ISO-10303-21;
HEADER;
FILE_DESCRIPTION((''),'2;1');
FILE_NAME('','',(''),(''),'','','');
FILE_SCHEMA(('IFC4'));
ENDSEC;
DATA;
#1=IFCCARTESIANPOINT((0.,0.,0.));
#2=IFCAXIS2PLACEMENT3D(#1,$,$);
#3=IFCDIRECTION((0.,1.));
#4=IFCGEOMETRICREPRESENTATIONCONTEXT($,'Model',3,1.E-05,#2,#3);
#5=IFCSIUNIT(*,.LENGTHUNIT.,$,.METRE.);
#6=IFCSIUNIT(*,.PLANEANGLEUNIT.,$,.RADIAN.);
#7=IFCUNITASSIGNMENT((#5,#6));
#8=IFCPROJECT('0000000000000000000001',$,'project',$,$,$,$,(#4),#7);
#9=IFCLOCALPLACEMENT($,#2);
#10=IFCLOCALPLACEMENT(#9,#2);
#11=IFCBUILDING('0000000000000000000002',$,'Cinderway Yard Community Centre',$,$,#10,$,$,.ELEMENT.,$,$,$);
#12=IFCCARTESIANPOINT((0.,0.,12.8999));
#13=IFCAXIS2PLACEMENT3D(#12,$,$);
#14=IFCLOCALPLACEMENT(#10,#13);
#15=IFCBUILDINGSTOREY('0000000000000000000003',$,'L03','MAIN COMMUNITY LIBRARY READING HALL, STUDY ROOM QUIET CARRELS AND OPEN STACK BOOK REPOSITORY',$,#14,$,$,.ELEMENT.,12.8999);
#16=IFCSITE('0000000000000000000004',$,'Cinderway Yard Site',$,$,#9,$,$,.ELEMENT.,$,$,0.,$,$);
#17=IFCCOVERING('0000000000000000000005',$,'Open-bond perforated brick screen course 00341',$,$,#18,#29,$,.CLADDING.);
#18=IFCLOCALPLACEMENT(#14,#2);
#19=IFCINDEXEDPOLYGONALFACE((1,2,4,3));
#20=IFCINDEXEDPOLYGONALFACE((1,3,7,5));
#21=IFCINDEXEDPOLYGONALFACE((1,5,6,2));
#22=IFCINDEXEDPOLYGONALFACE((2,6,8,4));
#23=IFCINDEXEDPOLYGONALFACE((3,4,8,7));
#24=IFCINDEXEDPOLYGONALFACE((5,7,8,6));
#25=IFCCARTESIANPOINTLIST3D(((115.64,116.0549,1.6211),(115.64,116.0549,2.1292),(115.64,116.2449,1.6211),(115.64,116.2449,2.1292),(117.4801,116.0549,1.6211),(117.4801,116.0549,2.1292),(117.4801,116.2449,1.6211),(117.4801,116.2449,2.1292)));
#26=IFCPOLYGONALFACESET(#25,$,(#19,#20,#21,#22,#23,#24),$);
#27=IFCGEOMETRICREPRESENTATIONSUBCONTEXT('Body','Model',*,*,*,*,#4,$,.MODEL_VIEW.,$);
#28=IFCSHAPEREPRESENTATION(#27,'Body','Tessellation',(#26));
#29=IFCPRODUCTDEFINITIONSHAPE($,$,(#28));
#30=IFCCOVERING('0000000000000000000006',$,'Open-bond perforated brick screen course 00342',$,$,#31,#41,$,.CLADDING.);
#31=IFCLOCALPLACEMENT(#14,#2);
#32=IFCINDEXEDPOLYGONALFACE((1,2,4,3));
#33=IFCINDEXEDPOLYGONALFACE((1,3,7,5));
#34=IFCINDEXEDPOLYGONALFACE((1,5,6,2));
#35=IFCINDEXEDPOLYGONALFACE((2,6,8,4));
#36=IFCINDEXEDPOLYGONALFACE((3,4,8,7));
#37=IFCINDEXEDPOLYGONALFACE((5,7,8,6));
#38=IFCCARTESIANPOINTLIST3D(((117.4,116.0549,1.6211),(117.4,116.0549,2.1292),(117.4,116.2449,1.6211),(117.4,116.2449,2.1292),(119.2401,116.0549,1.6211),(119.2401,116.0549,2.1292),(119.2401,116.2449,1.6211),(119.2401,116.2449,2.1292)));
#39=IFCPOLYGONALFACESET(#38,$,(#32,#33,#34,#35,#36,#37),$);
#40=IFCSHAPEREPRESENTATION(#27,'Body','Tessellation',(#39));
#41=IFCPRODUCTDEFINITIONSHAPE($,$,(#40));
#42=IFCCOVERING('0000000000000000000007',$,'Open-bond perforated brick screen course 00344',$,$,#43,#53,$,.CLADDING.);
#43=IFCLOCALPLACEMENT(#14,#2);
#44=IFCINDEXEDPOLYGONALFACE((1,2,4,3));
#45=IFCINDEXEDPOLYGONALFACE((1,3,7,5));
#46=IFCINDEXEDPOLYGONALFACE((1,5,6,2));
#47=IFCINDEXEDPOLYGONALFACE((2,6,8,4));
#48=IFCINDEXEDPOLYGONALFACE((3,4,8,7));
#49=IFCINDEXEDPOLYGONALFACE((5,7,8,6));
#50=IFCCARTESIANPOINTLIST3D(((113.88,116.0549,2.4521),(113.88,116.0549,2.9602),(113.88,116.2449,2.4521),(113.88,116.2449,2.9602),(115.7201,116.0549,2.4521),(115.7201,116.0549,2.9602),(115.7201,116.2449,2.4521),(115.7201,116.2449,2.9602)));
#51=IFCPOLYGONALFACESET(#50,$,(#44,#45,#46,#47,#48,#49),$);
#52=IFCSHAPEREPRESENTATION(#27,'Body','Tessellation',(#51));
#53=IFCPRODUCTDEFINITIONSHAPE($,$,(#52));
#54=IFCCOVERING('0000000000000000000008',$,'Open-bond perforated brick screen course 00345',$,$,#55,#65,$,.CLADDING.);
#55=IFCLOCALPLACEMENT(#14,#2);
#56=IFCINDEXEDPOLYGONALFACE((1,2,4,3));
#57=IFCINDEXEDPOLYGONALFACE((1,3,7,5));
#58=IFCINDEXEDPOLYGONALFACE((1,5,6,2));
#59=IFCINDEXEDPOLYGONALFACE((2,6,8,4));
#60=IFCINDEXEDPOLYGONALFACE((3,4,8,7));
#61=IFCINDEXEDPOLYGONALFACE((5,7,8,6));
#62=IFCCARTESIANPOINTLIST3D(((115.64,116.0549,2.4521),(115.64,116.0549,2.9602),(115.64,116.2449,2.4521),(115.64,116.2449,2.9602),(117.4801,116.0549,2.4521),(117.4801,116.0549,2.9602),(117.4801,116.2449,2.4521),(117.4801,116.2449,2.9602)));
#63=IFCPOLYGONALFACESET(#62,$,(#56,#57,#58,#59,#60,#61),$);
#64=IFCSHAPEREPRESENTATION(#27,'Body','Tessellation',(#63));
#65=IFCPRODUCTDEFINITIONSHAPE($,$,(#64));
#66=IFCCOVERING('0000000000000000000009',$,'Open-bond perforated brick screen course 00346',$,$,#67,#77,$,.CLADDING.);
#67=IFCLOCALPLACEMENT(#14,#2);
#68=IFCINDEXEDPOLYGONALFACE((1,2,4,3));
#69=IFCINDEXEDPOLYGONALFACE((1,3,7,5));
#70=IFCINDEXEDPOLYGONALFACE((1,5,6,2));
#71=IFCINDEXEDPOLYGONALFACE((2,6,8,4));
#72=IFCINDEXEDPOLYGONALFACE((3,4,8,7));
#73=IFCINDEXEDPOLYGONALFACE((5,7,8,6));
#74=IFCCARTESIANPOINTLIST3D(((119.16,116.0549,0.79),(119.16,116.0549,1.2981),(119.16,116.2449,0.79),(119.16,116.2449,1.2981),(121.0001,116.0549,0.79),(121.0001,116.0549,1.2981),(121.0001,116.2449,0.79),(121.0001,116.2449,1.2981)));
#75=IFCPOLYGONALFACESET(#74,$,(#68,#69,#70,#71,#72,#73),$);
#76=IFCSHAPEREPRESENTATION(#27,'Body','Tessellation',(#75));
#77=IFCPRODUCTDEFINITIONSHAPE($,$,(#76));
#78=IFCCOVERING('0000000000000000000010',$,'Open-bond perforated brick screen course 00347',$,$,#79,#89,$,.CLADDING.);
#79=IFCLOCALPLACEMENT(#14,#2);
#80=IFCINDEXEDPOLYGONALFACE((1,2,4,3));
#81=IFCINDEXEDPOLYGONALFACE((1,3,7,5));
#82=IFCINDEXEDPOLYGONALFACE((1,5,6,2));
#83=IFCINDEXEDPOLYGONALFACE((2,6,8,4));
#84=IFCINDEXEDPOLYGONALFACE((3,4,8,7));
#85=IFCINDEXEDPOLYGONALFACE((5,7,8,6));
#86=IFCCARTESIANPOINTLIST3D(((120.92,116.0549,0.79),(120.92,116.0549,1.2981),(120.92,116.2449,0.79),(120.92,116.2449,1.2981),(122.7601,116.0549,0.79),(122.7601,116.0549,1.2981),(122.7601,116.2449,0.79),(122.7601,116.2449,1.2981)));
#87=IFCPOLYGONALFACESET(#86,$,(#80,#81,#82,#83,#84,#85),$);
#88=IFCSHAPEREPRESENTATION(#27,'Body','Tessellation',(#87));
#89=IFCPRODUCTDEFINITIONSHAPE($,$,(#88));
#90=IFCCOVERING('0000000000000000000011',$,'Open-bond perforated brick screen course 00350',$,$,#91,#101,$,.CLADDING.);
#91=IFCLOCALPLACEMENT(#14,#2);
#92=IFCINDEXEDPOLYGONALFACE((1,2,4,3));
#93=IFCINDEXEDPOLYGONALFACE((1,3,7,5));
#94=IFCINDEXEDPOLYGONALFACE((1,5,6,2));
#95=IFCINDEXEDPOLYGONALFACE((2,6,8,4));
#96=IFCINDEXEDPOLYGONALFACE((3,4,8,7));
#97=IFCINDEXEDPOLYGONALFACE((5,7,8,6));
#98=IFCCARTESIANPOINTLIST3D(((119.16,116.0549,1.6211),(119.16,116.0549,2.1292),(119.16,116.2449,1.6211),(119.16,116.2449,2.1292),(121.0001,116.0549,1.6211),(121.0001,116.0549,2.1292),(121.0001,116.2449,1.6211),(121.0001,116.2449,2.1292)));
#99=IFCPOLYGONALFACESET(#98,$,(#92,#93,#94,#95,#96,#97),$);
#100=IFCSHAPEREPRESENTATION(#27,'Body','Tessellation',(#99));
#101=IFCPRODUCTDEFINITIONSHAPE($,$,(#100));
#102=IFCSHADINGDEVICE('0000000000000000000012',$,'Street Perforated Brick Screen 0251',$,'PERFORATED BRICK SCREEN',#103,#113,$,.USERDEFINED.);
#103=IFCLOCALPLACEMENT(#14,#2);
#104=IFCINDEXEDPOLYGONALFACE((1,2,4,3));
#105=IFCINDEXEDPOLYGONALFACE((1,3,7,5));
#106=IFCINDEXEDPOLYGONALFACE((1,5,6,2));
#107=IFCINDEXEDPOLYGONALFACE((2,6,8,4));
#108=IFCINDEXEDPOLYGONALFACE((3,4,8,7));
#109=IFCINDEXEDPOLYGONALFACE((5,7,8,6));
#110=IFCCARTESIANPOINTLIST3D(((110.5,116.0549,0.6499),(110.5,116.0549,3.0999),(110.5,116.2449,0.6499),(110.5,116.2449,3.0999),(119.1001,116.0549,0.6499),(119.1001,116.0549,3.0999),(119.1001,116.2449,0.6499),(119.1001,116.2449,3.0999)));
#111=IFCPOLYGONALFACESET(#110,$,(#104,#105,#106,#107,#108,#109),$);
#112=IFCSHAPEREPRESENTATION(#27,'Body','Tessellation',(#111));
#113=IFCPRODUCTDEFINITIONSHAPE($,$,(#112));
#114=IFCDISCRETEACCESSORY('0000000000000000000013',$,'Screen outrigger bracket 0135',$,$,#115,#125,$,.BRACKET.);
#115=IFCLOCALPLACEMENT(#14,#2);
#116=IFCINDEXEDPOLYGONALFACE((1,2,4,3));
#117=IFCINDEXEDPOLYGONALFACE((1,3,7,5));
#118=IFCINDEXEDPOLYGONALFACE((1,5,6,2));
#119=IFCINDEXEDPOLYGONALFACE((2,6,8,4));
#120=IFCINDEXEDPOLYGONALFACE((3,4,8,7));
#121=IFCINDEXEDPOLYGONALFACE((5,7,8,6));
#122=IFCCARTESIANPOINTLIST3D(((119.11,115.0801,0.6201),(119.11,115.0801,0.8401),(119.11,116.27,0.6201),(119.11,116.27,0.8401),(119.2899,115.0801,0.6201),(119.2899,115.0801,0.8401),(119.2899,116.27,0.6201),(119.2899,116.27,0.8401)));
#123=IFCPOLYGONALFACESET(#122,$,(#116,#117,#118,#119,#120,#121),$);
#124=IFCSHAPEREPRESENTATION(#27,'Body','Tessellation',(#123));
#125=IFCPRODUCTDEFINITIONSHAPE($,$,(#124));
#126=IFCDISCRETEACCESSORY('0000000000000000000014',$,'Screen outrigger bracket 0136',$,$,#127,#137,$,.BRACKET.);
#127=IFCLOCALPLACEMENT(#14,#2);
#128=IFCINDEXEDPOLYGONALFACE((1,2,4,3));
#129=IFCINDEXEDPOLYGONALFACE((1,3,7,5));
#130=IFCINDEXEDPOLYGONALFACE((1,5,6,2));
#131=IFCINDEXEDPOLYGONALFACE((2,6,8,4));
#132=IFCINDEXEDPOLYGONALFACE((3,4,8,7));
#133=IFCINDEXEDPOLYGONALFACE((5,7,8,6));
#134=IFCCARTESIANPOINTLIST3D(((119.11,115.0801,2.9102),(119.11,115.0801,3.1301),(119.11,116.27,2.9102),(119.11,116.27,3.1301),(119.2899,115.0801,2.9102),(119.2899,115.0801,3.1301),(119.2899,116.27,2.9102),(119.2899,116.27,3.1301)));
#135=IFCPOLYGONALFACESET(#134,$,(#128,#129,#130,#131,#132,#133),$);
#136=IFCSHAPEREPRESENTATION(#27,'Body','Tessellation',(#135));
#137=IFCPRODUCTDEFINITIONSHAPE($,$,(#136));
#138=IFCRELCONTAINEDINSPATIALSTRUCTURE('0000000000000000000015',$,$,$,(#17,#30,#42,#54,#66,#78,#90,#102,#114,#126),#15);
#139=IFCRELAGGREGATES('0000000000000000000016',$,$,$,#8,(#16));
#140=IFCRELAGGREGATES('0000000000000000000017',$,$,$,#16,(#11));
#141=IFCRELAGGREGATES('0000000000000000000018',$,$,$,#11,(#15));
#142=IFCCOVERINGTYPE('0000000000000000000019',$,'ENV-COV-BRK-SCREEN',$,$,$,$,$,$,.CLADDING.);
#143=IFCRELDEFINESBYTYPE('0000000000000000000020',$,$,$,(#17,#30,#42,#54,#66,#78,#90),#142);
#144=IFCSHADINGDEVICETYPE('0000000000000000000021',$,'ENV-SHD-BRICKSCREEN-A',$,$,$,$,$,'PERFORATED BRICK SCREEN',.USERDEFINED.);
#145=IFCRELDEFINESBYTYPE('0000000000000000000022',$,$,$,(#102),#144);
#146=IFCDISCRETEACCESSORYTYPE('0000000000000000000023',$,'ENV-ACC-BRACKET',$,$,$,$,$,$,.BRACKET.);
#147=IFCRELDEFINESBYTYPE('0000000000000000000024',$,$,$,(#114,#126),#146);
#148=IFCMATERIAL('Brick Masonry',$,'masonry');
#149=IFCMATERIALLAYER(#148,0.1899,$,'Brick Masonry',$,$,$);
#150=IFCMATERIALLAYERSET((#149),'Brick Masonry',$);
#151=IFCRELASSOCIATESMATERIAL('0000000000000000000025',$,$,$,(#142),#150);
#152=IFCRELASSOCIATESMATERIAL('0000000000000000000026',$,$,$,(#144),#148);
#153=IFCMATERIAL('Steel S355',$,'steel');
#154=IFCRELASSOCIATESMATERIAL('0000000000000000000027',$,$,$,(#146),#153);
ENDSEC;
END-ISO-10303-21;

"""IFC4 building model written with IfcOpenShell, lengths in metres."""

from ifc_helpers import new_model, si_unit, direction, frame, origin, origin_2d, place, context, subcontext, project, spatial, rectangle, extrude, material, layer, layer_set, type_object, element, save


model = new_model("IFC4")

# Units and contexts
model_context = context("Model", 3, precision=1e-05, world=origin(), true_north=direction((0.0, 1.0)))
body_context = subcontext(model_context, "Body", "Model", "MODEL_VIEW")
ifc_project = project(units=[si_unit("LENGTHUNIT", "METRE"), si_unit("PLANEANGLEUNIT", "RADIAN")], contexts=[model_context])

# Site, building, storey
site_placement = place(None, origin())
site = spatial("IfcSite", under=ifc_project, at=site_placement, Name="Cinderway Yard Site", CompositionType="ELEMENT", RefElevation=0.0)
building_placement = place(site_placement, origin())
building = spatial("IfcBuilding", under=site, at=building_placement, Name="Cinderway Yard Community Centre", CompositionType="ELEMENT")
storey_placement = place(building_placement, frame((0.0, 0.0, 12.8999)))
storey = spatial("IfcBuildingStorey", under=building, at=storey_placement, Name="L03", Description="MAIN COMMUNITY LIBRARY READING HALL, STUDY ROOM QUIET CARRELS AND OPEN STACK BOOK REPOSITORY", CompositionType="ELEMENT", Elevation=12.8999)

# Shared definitions
ifc_material_1 = material(Name="Steel S355", Category="steel")

# Coverings
ifc_material_2 = material(Name="Brick Masonry", Category="masonry")
ifc_layer_1 = layer(ifc_material_2, 0.1899, Name="Brick Masonry")
ifc_layer_set_1 = layer_set([ifc_layer_1], Name="Brick Masonry")
covering_type = type_object("IfcCoveringType", Name="ENV-COV-BRK-SCREEN", PredefinedType="CLADDING", material=ifc_layer_set_1)
for number, where, z_axis, x_axis, name in (
    (1, (116.5601, 116.1499, 1.6211), (0.0, 0.0, 1.0), (1.0, 0.0, 0.0), "Open-bond perforated brick screen course 00341"),
    (2, (118.3201, 116.1499, 1.6211), (0.0, 0.0, 1.0), (1.0, 0.0, 0.0), "Open-bond perforated brick screen course 00342"),
    (3, (114.8, 116.1499, 2.4521), (0.0, 0.0, 1.0), (1.0, 0.0, 0.0), "Open-bond perforated brick screen course 00344"),
    (4, (116.5601, 116.1499, 2.4521), (0.0, 0.0, 1.0), (1.0, 0.0, 0.0), "Open-bond perforated brick screen course 00345"),
    (5, (120.0801, 116.1499, 0.79), (0.0, 0.0, 1.0), (1.0, 0.0, 0.0), "Open-bond perforated brick screen course 00346"),
    (6, (121.8401, 116.1499, 0.79), (0.0, 0.0, 1.0), (1.0, 0.0, 0.0), "Open-bond perforated brick screen course 00347"),
    (7, (120.0801, 116.1499, 1.6211), (0.0, 0.0, 1.0), (1.0, 0.0, 0.0), "Open-bond perforated brick screen course 00350"),
):
    element("IfcCovering", number, at=place(storey_placement, frame(where, z_axis=z_axis, x_axis=x_axis)), inside=storey, type_object=covering_type, Name=name, PredefinedType="CLADDING", context=body_context, shape_type="SweptSolid", body=[
        extrude(rectangle(XDim=1.8401, YDim=0.1899, at=origin_2d()), origin(), (0.0, 0.0, 1.0), 0.5081),
    ])

# Shading device
shading_device_type = type_object("IfcShadingDeviceType", Name="ENV-SHD-BRICKSCREEN-A", ElementType="PERFORATED BRICK SCREEN", PredefinedType="USERDEFINED", material=ifc_material_2)
shading_device_placement = place(storey_placement, frame((114.8, 116.1499, 0.6499), z_axis=(0.0, 0.0, 1.0), x_axis=(1.0, 0.0, 0.0)))
element("IfcShadingDevice", 8, at=shading_device_placement, inside=storey, type_object=shading_device_type, Name="Street Perforated Brick Screen 0251", ObjectType="PERFORATED BRICK SCREEN", PredefinedType="USERDEFINED", context=body_context, shape_type="SweptSolid", body=[
    extrude(rectangle(XDim=8.6001, YDim=0.1899, at=origin_2d()), origin(), (0.0, 0.0, 1.0), 2.45),
])

# Discrete accessories
discrete_accessory_type = type_object("IfcDiscreteAccessoryType", Name="ENV-ACC-BRACKET", PredefinedType="BRACKET", material=ifc_material_1)
for number, where, z_axis, x_axis, name in (
    (9, (119.2, 115.675, 0.6201), (0.0, 0.0, 1.0), (0.0, 1.0, 0.0), "Screen outrigger bracket 0135"),
    (10, (119.2, 115.675, 2.9102), (0.0, 0.0, 1.0), (0.0, 1.0, 0.0), "Screen outrigger bracket 0136"),
):
    element("IfcDiscreteAccessory", number, at=place(storey_placement, frame(where, z_axis=z_axis, x_axis=x_axis)), inside=storey, type_object=discrete_accessory_type, Name=name, PredefinedType="BRACKET", context=body_context, shape_type="SweptSolid", body=[
        extrude(rectangle(XDim=1.1899, YDim=0.1799, at=origin_2d()), origin(), (0.0, 0.0, 1.0), 0.22),
    ])

save(model, "model.ifc")
